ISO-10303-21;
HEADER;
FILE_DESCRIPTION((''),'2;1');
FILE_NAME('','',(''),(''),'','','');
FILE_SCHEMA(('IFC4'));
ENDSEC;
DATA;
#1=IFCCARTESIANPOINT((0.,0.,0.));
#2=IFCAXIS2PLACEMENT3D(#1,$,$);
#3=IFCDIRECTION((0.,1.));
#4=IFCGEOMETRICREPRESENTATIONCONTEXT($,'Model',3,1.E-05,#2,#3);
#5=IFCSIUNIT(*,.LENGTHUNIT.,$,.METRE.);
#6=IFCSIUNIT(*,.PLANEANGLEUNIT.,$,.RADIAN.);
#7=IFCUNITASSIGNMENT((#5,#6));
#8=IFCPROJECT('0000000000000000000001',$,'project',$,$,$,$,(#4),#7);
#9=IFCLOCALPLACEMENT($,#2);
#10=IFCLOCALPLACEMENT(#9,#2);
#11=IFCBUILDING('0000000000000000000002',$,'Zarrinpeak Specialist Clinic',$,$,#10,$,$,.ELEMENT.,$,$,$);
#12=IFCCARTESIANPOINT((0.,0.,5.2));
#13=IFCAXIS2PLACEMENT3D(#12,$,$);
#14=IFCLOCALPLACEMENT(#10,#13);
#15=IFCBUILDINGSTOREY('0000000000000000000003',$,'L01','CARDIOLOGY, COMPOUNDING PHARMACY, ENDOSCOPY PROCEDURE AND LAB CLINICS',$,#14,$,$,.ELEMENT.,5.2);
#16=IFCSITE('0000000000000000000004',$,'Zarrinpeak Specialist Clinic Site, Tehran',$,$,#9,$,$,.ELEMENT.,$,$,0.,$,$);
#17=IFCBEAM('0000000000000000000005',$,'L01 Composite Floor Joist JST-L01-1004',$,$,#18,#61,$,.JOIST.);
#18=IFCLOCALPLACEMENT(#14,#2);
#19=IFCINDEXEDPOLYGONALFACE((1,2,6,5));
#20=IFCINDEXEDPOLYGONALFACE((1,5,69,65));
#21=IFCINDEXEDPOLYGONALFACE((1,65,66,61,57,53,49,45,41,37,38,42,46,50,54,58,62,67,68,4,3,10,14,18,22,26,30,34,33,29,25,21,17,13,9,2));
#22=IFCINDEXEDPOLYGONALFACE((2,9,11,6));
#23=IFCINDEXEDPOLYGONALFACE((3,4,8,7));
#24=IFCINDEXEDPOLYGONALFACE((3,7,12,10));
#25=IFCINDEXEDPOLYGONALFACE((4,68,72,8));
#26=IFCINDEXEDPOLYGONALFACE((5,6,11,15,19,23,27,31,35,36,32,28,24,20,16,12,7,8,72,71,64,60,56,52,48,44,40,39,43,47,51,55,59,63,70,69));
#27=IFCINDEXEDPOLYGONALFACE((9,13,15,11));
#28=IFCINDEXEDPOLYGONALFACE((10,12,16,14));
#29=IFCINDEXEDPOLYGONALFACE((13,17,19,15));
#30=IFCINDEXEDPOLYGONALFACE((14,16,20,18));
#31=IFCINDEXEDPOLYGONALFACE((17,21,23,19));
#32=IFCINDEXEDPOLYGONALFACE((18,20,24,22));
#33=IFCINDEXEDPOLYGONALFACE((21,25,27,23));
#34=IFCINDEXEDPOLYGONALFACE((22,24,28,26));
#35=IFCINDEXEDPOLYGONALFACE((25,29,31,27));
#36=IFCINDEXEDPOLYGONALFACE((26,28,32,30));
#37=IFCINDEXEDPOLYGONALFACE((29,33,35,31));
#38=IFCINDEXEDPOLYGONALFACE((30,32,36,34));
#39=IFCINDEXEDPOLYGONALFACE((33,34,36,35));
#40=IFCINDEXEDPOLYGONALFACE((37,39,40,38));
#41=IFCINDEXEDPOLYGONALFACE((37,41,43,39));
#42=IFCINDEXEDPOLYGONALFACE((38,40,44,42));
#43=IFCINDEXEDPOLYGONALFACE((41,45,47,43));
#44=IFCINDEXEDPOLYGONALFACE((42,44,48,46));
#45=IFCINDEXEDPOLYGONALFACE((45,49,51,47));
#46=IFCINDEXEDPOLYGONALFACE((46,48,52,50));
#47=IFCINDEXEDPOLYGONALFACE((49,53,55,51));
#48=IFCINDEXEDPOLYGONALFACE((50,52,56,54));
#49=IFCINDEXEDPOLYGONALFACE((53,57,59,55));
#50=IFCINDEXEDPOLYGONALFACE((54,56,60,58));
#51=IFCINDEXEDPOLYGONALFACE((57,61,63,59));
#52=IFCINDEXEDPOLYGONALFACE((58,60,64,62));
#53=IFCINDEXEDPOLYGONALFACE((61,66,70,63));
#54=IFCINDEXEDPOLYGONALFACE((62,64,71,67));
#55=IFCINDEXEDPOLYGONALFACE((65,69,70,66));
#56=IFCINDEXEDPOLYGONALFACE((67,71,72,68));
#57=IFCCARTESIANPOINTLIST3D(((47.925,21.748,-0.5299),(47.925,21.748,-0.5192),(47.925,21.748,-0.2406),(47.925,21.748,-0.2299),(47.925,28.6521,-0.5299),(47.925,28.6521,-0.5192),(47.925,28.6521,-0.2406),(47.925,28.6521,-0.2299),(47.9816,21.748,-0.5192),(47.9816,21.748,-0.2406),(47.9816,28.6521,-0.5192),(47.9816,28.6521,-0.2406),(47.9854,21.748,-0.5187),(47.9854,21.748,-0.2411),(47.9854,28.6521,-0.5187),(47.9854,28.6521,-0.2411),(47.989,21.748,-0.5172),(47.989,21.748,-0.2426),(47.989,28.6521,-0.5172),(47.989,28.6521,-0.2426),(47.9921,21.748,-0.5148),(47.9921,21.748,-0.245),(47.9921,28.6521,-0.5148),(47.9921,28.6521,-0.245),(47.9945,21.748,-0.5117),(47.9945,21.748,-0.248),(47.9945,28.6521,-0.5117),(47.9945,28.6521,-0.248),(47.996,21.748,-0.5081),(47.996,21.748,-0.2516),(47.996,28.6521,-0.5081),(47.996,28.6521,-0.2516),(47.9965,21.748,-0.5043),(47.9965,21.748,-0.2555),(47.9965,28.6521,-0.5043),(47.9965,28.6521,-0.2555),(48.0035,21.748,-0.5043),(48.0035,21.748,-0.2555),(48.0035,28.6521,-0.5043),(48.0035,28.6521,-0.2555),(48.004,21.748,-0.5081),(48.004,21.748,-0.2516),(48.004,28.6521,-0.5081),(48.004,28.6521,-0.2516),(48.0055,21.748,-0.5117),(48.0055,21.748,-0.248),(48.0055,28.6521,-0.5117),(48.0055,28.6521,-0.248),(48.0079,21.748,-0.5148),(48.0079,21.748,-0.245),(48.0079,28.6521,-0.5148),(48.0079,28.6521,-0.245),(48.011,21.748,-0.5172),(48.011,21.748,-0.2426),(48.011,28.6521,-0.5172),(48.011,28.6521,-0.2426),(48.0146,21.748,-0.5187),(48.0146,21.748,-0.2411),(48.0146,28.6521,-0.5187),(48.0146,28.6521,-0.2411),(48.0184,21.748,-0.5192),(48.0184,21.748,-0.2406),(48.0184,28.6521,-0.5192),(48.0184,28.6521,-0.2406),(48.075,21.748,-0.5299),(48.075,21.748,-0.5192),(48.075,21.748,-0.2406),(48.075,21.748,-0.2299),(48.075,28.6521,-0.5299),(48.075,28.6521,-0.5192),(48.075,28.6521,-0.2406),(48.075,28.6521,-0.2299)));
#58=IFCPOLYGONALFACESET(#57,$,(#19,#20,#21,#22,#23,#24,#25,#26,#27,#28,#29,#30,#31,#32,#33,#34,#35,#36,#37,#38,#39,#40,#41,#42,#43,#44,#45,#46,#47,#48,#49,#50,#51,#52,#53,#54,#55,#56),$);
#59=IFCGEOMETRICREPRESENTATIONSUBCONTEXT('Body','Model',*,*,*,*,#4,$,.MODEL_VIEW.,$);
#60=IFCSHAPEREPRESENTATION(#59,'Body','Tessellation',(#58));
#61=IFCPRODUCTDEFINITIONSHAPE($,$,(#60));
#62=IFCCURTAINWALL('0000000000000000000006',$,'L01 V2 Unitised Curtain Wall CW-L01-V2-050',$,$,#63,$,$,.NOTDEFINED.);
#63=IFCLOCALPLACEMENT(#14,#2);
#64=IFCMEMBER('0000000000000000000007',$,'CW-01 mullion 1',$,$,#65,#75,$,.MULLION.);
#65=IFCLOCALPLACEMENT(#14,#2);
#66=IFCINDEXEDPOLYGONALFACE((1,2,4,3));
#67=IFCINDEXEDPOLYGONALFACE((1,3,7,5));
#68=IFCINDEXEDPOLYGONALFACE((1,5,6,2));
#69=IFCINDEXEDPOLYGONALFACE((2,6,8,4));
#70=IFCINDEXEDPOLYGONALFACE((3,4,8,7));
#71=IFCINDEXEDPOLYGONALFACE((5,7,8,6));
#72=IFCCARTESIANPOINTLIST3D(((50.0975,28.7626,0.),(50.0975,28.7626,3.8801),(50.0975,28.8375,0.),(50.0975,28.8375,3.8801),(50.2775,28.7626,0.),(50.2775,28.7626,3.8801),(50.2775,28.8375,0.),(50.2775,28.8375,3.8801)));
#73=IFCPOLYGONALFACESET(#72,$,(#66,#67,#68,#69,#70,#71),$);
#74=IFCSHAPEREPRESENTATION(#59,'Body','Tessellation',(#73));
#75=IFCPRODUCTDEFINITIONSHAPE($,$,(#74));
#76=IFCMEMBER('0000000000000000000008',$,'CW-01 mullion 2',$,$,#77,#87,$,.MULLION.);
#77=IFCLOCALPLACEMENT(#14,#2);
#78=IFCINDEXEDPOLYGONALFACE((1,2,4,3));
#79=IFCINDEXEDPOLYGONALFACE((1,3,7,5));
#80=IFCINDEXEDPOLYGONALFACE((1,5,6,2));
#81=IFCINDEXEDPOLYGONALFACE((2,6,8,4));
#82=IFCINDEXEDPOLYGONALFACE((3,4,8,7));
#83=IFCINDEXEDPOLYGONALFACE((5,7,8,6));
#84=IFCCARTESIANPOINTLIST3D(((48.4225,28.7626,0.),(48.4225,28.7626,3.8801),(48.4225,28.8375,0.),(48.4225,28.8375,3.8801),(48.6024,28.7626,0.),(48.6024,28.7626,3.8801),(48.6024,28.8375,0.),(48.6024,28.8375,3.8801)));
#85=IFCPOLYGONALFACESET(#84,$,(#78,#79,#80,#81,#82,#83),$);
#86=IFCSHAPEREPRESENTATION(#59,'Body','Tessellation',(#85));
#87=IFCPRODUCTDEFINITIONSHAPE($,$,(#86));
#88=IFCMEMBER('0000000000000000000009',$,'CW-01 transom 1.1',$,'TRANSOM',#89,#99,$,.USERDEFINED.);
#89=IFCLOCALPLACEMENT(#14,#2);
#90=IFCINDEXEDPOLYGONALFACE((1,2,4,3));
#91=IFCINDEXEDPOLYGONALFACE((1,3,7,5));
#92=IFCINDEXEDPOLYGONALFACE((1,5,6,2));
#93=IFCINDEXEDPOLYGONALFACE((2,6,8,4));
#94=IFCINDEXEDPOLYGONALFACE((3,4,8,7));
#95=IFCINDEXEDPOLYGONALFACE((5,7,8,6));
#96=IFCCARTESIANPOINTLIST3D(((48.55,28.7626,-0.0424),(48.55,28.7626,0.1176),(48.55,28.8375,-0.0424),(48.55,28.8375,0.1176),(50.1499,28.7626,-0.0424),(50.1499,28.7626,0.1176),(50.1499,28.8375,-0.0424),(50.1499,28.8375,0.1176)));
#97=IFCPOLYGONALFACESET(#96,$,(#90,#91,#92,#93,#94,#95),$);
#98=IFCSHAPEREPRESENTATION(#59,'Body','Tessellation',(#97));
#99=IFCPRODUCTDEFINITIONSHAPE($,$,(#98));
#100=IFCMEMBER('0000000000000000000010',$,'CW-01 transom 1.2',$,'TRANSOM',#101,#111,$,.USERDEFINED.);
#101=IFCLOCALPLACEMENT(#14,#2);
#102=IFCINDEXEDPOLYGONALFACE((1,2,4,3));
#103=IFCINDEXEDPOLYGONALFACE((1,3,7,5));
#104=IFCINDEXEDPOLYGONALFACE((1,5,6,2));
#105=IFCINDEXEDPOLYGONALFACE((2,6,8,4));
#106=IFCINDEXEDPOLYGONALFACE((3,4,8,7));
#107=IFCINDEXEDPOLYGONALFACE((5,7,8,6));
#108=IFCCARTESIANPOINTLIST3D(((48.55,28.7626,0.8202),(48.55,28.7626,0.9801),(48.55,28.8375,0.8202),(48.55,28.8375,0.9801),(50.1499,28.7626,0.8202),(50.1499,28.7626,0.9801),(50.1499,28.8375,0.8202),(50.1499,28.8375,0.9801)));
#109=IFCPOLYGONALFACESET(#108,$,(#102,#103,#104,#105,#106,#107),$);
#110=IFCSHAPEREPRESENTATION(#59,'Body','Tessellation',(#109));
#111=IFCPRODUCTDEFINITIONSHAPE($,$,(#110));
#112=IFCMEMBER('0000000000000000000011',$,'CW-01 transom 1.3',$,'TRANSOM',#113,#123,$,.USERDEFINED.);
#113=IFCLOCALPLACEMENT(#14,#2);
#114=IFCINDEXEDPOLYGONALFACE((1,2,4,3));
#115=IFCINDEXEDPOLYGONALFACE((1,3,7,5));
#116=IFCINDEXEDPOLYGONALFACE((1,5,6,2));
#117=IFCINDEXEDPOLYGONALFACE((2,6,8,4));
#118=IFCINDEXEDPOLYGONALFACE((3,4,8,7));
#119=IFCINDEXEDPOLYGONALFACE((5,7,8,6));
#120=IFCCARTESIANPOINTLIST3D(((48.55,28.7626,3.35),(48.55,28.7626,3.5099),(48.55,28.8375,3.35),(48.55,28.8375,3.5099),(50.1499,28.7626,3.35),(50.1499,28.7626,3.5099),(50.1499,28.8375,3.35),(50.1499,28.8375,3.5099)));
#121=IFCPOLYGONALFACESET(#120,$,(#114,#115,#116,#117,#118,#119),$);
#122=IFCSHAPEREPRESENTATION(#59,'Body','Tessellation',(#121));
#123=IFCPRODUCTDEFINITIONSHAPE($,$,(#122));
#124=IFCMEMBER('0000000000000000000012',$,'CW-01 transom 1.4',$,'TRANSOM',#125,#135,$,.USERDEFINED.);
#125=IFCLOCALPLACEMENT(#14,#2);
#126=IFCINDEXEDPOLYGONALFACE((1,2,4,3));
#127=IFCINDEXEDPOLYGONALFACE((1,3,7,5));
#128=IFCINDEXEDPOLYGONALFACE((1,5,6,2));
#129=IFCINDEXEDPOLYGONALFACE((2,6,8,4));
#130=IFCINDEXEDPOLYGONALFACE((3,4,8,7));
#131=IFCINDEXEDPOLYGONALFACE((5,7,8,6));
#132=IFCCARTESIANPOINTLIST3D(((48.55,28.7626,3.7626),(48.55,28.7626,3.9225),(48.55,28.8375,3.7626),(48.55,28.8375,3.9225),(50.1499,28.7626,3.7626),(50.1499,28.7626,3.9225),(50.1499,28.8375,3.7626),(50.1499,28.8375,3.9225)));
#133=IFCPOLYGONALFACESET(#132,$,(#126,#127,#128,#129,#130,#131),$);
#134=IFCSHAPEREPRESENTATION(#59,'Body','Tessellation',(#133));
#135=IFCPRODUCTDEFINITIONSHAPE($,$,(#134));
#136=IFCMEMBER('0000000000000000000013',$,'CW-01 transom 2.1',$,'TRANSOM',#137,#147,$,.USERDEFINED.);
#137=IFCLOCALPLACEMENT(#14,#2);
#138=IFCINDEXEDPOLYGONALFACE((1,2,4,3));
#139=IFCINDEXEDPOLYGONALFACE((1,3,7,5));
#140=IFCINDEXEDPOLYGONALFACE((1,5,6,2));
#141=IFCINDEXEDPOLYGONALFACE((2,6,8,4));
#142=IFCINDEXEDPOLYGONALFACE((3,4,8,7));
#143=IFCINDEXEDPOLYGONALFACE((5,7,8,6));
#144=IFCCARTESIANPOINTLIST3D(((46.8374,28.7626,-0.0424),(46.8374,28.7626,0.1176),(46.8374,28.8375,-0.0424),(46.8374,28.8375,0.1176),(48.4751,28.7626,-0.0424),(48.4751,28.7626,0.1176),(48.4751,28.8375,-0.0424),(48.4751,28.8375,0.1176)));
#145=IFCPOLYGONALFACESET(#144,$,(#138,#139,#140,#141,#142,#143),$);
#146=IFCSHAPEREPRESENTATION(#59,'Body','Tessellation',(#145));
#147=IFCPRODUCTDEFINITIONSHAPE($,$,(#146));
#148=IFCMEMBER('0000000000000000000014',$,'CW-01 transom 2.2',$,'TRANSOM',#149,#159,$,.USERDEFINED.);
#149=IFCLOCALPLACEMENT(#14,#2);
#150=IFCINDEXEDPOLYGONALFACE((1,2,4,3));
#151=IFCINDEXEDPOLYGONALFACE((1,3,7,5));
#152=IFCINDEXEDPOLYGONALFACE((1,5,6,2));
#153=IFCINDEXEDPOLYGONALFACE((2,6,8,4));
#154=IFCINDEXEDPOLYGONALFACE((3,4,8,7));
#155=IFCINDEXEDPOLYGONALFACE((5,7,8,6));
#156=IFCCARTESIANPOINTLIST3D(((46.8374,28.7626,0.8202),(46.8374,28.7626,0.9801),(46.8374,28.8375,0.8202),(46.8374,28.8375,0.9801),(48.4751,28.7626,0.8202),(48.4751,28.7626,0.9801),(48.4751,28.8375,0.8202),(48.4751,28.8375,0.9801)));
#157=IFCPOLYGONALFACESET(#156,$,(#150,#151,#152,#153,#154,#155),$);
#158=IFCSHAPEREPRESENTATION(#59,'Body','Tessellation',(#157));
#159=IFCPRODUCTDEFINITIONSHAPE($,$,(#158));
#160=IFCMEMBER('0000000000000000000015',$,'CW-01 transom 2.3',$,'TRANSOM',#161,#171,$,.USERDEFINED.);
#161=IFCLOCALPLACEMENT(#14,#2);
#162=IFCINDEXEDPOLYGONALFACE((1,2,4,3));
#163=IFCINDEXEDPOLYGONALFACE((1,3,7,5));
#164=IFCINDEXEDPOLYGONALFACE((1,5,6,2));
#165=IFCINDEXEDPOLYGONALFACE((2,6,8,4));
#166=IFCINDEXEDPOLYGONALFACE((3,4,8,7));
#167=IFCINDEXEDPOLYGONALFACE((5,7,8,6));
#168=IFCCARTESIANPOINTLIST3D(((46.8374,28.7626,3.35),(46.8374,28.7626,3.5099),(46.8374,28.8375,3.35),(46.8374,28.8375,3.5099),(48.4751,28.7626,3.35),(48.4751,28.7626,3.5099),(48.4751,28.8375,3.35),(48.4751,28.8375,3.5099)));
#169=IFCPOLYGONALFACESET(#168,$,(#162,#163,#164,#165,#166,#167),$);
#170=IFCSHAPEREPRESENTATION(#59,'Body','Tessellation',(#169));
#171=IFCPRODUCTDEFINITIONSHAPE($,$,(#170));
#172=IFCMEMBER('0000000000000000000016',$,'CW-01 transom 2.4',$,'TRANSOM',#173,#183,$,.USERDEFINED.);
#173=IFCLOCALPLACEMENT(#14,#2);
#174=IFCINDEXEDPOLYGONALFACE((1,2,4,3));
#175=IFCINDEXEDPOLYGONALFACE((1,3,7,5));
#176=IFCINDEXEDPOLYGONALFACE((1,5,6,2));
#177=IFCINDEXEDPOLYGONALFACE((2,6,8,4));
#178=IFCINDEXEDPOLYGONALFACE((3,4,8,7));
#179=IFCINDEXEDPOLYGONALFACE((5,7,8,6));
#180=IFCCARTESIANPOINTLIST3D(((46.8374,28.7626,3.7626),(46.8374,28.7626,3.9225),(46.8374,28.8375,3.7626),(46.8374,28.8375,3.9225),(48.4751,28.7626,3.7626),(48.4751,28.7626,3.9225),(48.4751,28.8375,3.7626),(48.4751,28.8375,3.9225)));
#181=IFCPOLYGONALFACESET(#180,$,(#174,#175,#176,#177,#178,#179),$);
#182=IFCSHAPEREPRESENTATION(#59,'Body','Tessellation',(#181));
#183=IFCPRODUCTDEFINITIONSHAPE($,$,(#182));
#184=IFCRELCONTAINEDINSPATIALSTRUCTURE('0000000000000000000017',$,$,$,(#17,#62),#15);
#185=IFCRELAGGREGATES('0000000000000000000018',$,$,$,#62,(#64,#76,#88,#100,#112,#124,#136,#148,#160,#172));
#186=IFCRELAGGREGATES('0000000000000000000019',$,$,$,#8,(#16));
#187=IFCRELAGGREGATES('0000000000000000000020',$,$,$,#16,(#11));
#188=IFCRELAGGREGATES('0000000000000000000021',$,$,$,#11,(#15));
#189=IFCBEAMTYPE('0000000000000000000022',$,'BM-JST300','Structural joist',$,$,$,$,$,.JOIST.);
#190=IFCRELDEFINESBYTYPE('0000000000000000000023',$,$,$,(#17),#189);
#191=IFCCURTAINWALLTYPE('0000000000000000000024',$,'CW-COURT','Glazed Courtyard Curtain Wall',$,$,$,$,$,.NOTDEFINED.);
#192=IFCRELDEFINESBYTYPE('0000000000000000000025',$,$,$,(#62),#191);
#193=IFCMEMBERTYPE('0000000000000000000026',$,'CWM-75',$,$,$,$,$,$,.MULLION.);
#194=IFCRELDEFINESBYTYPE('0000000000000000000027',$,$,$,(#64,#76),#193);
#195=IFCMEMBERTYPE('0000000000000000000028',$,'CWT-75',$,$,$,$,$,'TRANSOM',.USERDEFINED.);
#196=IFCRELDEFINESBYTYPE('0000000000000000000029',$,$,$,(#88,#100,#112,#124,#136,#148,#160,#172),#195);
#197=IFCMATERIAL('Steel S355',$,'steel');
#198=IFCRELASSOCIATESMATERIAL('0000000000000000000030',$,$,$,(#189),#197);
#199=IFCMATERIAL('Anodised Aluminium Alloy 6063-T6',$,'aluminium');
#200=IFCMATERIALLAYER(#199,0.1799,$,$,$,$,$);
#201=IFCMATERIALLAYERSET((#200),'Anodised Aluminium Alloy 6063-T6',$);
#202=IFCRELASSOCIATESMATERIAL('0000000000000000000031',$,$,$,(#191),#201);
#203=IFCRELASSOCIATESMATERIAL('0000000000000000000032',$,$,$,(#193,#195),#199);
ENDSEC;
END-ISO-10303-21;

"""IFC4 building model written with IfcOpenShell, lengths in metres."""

from ifc_helpers import new_model, si_unit, direction, frame, origin, origin_2d, place, context, subcontext, project, spatial, rectangle, i_section, extrude, material, layer, layer_set, material_profile, profile_set, type_object, element, aggregate, save


model = new_model("IFC4")

# Units and contexts
model_context = context("Model", 3, precision=1e-05, world=origin(), true_north=direction((0.0, 1.0)))
body_context = subcontext(model_context, "Body", "Model", "MODEL_VIEW")
ifc_project = project(units=[si_unit("LENGTHUNIT", "METRE"), si_unit("PLANEANGLEUNIT", "RADIAN")], contexts=[model_context])

# Site, building, storey
site_placement = place(None, origin())
site = spatial("IfcSite", under=ifc_project, at=site_placement, Name="Zarrinpeak Specialist Clinic Site, Tehran", CompositionType="ELEMENT", RefElevation=0.0)
building_placement = place(site_placement, origin())
building = spatial("IfcBuilding", under=site, at=building_placement, Name="Zarrinpeak Specialist Clinic", CompositionType="ELEMENT")
storey_placement = place(building_placement, frame((0.0, 0.0, 5.2)))
storey = spatial("IfcBuildingStorey", under=building, at=storey_placement, Name="L01", Description="CARDIOLOGY, COMPOUNDING PHARMACY, ENDOSCOPY PROCEDURE AND LAB CLINICS", CompositionType="ELEMENT", Elevation=5.2)

# Shared definitions
ifc_material_1 = material(Name="Steel S355", Category="steel")

# Beam
ifc_material_profile_1 = material_profile(ifc_material_1, i_section(OverallWidth=0.1499, OverallDepth=0.3, WebThickness=0.0071, FlangeThickness=0.0107, FilletRadius=0.0149, at=origin_2d()), Name="IPE 300")
ifc_profile_set_1 = profile_set([ifc_material_profile_1], Name="Steel S355")
beam_type_1 = type_object("IfcBeamType", Name="BM-JST300", Description="Structural joist", PredefinedType="JOIST", material=ifc_profile_set_1)
beam_1_placement = place(storey_placement, frame((48.0, 21.748, -0.3799), z_axis=(0.0, 1.0, 0.0), x_axis=(-1.0, 0.0, 0.0)))
element("IfcBeam", 1, at=beam_1_placement, inside=storey, type_object=beam_type_1, Name="L01 Composite Floor Joist JST-L01-1004", PredefinedType="JOIST", context=body_context, shape_type="SweptSolid", body=[
    extrude(i_section(OverallWidth=0.1499, OverallDepth=0.3, WebThickness=0.0071, FlangeThickness=0.0107, FilletRadius=0.0149, at=origin_2d()), origin(), (0.0, 0.0, 1.0), 6.9041),
])

# Curtain wall, members
ifc_material_2 = material(Name="Anodised Aluminium Alloy 6063-T6", Category="aluminium")
ifc_layer_1 = layer(ifc_material_2, 0.1799)
ifc_layer_set_1 = layer_set([ifc_layer_1], Name="Anodised Aluminium Alloy 6063-T6")
curtain_wall_type = type_object("IfcCurtainWallType", Name="CW-COURT", Description="Glazed Courtyard Curtain Wall", PredefinedType="NOTDEFINED", material=ifc_layer_set_1)
curtain_wall_placement = place(storey_placement, origin())
curtain_wall = element("IfcCurtainWall", 2, at=curtain_wall_placement, inside=storey, type_object=curtain_wall_type, Name="L01 V2 Unitised Curtain Wall CW-L01-V2-050", PredefinedType="NOTDEFINED")
ifc_material_profile_2 = material_profile(ifc_material_2, rectangle(XDim=0.075, YDim=0.1799, at=origin_2d()), Name="ALU 75x180")
ifc_profile_set_2 = profile_set([ifc_material_profile_2], Name="Anodised Aluminium Alloy 6063-T6")
member_type_1 = type_object("IfcMemberType", Name="CWM-75", PredefinedType="MULLION", material=ifc_profile_set_2)
member_1_placement = place(storey_placement, frame((50.1875, 28.8, 0.0), z_axis=(0.0, 0.0, 1.0), x_axis=(0.0, -1.0, 0.0)))
member_1 = element("IfcMember", 3, at=member_1_placement, type_object=member_type_1, Name="CW-01 mullion 1", PredefinedType="MULLION", context=body_context, shape_type="SweptSolid", body=[
    extrude(rectangle(XDim=0.075, YDim=0.1799, at=origin_2d()), origin(), (0.0, 0.0, 1.0), 3.8801),
])
member_2_placement = place(storey_placement, frame((48.5125, 28.8, 0.0), z_axis=(0.0, 0.0, 1.0), x_axis=(0.0, -1.0, 0.0)))
member_2 = element("IfcMember", 4, at=member_2_placement, type_object=member_type_1, Name="CW-01 mullion 2", PredefinedType="MULLION", context=body_context, shape_type="SweptSolid", body=[
    extrude(rectangle(XDim=0.075, YDim=0.1799, at=origin_2d()), origin(), (0.0, 0.0, 1.0), 3.8801),
])
ifc_material_profile_3 = material_profile(ifc_material_2, rectangle(XDim=0.075, YDim=0.1599, at=origin_2d()), Name="ALU 75x160")
ifc_profile_set_3 = profile_set([ifc_material_profile_3], Name="Anodised Aluminium Alloy 6063-T6")
member_type_2 = type_object("IfcMemberType", Name="CWT-75", ElementType="TRANSOM", PredefinedType="USERDEFINED", material=ifc_profile_set_3)
member_3_placement = place(storey_placement, frame((50.1499, 28.8, 0.0376), z_axis=(-1.0, 0.0, 0.0), x_axis=(0.0, -1.0, 0.0)))
member_3 = element("IfcMember", 5, at=member_3_placement, type_object=member_type_2, Name="CW-01 transom 1.1", ObjectType="TRANSOM", PredefinedType="USERDEFINED", context=body_context, shape_type="SweptSolid", body=[
    extrude(rectangle(XDim=0.075, YDim=0.1599, at=origin_2d()), origin(), (0.0, 0.0, 1.0), 1.5999),
])
member_4_placement = place(storey_placement, frame((50.1499, 28.8, 0.9001), z_axis=(-1.0, 0.0, 0.0), x_axis=(0.0, -1.0, 0.0)))
member_4 = element("IfcMember", 6, at=member_4_placement, type_object=member_type_2, Name="CW-01 transom 1.2", ObjectType="TRANSOM", PredefinedType="USERDEFINED", context=body_context, shape_type="SweptSolid", body=[
    extrude(rectangle(XDim=0.075, YDim=0.1599, at=origin_2d()), origin(), (0.0, 0.0, 1.0), 1.5999),
])
member_5_placement = place(storey_placement, frame((50.1499, 28.8, 3.4299), z_axis=(-1.0, 0.0, 0.0), x_axis=(0.0, -1.0, 0.0)))
member_5 = element("IfcMember", 7, at=member_5_placement, type_object=member_type_2, Name="CW-01 transom 1.3", ObjectType="TRANSOM", PredefinedType="USERDEFINED", context=body_context, shape_type="SweptSolid", body=[
    extrude(rectangle(XDim=0.075, YDim=0.1599, at=origin_2d()), origin(), (0.0, 0.0, 1.0), 1.5999),
])
member_6_placement = place(storey_placement, frame((50.1499, 28.8, 3.8425), z_axis=(-1.0, 0.0, 0.0), x_axis=(0.0, -1.0, 0.0)))
member_6 = element("IfcMember", 8, at=member_6_placement, type_object=member_type_2, Name="CW-01 transom 1.4", ObjectType="TRANSOM", PredefinedType="USERDEFINED", context=body_context, shape_type="SweptSolid", body=[
    extrude(rectangle(XDim=0.075, YDim=0.1599, at=origin_2d()), origin(), (0.0, 0.0, 1.0), 1.5999),
])
member_7_placement = place(storey_placement, frame((48.4751, 28.8, 0.0376), z_axis=(-1.0, 0.0, 0.0), x_axis=(0.0, -1.0, 0.0)))
member_7 = element("IfcMember", 9, at=member_7_placement, type_object=member_type_2, Name="CW-01 transom 2.1", ObjectType="TRANSOM", PredefinedType="USERDEFINED", context=body_context, shape_type="SweptSolid", body=[
    extrude(rectangle(XDim=0.075, YDim=0.1599, at=origin_2d()), origin(), (0.0, 0.0, 1.0), 1.6377),
])
member_8_placement = place(storey_placement, frame((48.4751, 28.8, 0.9001), z_axis=(-1.0, 0.0, 0.0), x_axis=(0.0, -1.0, 0.0)))
member_8 = element("IfcMember", 10, at=member_8_placement, type_object=member_type_2, Name="CW-01 transom 2.2", ObjectType="TRANSOM", PredefinedType="USERDEFINED", context=body_context, shape_type="SweptSolid", body=[
    extrude(rectangle(XDim=0.075, YDim=0.1599, at=origin_2d()), origin(), (0.0, 0.0, 1.0), 1.6377),
])
member_9_placement = place(storey_placement, frame((48.4751, 28.8, 3.4299), z_axis=(-1.0, 0.0, 0.0), x_axis=(0.0, -1.0, 0.0)))
member_9 = element("IfcMember", 11, at=member_9_placement, type_object=member_type_2, Name="CW-01 transom 2.3", ObjectType="TRANSOM", PredefinedType="USERDEFINED", context=body_context, shape_type="SweptSolid", body=[
    extrude(rectangle(XDim=0.075, YDim=0.1599, at=origin_2d()), origin(), (0.0, 0.0, 1.0), 1.6377),
])
member_10_placement = place(storey_placement, frame((48.4751, 28.8, 3.8425), z_axis=(-1.0, 0.0, 0.0), x_axis=(0.0, -1.0, 0.0)))
member_10 = element("IfcMember", 12, at=member_10_placement, type_object=member_type_2, Name="CW-01 transom 2.4", ObjectType="TRANSOM", PredefinedType="USERDEFINED", context=body_context, shape_type="SweptSolid", body=[
    extrude(rectangle(XDim=0.075, YDim=0.1599, at=origin_2d()), origin(), (0.0, 0.0, 1.0), 1.6377),
])
aggregate(curtain_wall, [member_1, member_2, member_3, member_4, member_5, member_6, member_7, member_8, member_9, member_10])

save(model, "model.ifc")
